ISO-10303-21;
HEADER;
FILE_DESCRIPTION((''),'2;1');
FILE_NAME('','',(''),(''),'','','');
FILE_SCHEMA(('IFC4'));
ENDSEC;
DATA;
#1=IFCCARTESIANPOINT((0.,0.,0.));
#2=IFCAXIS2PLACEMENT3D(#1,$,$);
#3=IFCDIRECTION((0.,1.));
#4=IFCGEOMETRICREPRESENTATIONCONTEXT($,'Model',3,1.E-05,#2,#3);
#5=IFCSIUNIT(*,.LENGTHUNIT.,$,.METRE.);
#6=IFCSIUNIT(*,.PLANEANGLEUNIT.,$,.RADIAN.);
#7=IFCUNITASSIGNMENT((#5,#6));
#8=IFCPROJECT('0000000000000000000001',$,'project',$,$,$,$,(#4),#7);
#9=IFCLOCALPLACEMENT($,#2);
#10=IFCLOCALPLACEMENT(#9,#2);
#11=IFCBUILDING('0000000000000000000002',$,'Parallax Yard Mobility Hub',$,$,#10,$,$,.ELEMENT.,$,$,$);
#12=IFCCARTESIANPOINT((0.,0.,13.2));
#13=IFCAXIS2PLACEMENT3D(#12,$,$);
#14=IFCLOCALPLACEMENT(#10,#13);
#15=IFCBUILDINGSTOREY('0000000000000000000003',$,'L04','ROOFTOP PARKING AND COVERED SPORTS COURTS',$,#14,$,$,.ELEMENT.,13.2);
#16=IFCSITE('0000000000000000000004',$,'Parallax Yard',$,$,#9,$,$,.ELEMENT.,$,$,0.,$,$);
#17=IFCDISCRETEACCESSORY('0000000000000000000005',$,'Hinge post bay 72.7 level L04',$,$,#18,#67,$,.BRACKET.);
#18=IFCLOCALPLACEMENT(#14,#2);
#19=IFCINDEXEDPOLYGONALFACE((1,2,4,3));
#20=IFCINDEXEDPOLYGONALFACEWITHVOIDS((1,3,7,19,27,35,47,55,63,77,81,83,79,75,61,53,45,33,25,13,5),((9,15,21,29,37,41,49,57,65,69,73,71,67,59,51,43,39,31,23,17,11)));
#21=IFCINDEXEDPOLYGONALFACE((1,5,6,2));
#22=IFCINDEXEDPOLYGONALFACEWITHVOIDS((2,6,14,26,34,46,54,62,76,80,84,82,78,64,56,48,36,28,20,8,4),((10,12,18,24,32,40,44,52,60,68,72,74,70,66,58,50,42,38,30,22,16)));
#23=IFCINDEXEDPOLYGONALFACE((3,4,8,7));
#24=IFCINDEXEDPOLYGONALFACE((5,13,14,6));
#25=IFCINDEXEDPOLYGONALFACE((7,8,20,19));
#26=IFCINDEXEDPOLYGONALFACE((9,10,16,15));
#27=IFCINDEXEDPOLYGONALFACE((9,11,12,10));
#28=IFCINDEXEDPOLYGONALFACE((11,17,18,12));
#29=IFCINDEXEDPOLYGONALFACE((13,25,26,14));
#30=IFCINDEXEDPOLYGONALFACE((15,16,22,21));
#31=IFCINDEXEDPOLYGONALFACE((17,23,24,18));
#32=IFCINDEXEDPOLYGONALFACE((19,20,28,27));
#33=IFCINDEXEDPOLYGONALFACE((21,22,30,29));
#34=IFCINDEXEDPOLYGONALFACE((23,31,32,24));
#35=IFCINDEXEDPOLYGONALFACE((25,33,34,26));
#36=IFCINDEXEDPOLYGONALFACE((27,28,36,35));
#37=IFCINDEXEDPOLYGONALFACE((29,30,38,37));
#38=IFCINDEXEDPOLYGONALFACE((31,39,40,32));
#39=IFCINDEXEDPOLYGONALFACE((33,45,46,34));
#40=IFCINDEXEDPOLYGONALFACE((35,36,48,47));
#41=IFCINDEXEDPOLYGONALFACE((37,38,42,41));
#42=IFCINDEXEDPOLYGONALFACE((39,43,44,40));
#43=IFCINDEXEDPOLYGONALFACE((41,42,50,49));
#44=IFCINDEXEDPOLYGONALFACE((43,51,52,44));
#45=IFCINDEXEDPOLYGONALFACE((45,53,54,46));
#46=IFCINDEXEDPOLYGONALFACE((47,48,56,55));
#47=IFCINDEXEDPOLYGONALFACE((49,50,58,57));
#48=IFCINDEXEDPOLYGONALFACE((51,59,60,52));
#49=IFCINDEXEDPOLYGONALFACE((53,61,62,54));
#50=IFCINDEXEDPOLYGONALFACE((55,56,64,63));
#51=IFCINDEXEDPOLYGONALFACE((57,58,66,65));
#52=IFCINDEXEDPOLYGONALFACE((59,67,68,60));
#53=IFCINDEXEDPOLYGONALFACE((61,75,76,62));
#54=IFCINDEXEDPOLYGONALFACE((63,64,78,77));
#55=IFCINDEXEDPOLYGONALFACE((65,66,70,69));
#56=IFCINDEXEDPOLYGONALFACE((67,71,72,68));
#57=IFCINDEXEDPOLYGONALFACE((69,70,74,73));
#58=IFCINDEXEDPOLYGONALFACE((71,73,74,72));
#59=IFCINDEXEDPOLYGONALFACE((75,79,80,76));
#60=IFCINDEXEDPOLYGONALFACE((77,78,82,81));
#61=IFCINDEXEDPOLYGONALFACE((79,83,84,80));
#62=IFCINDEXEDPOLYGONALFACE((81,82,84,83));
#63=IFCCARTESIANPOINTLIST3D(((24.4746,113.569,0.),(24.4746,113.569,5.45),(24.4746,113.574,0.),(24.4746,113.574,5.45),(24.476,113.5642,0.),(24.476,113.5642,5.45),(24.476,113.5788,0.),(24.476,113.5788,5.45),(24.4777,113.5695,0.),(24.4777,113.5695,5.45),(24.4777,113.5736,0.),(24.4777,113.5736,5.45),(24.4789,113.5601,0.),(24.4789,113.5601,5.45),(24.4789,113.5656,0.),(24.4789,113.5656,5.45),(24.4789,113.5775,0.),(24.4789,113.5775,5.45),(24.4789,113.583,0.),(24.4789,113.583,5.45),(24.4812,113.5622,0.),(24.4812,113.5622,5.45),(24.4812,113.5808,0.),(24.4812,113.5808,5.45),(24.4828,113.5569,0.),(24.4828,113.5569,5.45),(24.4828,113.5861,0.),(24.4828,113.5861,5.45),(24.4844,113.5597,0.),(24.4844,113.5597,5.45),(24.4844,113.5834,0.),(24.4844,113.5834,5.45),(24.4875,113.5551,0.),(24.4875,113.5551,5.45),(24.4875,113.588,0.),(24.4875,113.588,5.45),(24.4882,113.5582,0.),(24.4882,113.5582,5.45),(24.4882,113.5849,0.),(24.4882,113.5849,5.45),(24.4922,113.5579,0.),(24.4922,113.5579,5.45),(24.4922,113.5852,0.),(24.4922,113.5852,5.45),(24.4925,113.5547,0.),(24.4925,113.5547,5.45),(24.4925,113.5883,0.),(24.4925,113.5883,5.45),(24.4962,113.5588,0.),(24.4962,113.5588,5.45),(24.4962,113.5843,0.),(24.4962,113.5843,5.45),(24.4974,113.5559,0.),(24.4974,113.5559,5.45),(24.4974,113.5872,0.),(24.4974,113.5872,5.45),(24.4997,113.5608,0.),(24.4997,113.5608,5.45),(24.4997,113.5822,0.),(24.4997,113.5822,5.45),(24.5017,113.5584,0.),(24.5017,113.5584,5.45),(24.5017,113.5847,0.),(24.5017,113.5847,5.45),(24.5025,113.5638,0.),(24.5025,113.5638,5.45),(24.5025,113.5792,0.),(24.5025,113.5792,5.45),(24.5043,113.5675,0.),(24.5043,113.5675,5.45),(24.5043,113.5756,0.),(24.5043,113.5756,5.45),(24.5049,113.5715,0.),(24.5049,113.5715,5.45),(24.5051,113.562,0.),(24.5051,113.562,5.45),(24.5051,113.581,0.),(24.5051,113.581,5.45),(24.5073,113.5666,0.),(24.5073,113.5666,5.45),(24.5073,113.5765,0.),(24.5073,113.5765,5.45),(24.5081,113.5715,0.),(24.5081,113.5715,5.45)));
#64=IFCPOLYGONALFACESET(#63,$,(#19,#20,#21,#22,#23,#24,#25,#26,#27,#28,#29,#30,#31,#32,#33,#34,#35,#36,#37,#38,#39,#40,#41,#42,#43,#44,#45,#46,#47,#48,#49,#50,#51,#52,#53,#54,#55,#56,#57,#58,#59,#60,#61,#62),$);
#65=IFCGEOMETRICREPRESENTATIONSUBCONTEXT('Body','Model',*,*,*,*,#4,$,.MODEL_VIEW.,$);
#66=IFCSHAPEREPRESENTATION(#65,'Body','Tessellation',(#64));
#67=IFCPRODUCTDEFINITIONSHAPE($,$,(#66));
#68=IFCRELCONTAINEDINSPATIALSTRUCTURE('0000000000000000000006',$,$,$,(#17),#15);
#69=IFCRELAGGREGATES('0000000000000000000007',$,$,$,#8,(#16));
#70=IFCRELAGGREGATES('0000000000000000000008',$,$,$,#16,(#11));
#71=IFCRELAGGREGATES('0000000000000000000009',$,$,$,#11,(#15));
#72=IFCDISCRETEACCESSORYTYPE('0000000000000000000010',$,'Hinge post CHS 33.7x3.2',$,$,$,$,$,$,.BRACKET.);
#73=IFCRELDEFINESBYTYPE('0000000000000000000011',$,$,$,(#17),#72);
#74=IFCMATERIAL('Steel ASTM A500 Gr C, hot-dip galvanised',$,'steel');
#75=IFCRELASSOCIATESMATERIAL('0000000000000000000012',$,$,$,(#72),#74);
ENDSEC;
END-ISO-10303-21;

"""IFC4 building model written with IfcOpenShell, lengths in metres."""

from ifc_helpers import new_model, si_unit, direction, frame, origin, origin_2d, place, context, subcontext, project, spatial, hollow_circle, extrude, material, material_profile, profile_set, type_object, element, save


model = new_model("IFC4")

# Units and contexts
model_context = context("Model", 3, precision=1e-05, world=origin(), true_north=direction((0.0, 1.0)))
body_context = subcontext(model_context, "Body", "Model", "MODEL_VIEW")
ifc_project = project(units=[si_unit("LENGTHUNIT", "METRE"), si_unit("PLANEANGLEUNIT", "RADIAN")], contexts=[model_context])

# Site, building, storey
site_placement = place(None, origin())
site = spatial("IfcSite", under=ifc_project, at=site_placement, Name="Parallax Yard", CompositionType="ELEMENT", RefElevation=0.0)
building_placement = place(site_placement, origin())
building = spatial("IfcBuilding", under=site, at=building_placement, Name="Parallax Yard Mobility Hub", CompositionType="ELEMENT")
storey_placement = place(building_placement, frame((0.0, 0.0, 13.2)))
storey = spatial("IfcBuildingStorey", under=building, at=storey_placement, Name="L04", Description="ROOFTOP PARKING AND COVERED SPORTS COURTS", CompositionType="ELEMENT", Elevation=13.2)

# Discrete accessory
ifc_material_1 = material(Name="Steel ASTM A500 Gr C, hot-dip galvanised", Category="steel")
ifc_material_profile_1 = material_profile(ifc_material_1, hollow_circle(Radius=0.0168, WallThickness=0.0032, at=origin_2d()), Name="CHS 33.7x3.2")
ifc_profile_set_1 = profile_set([ifc_material_profile_1], Name="Steel ASTM A500 Gr C, hot-dip galvanised")
discrete_accessory_type_1 = type_object("IfcDiscreteAccessoryType", Name="Hinge post CHS 33.7x3.2", PredefinedType="BRACKET", material=ifc_profile_set_1)
discrete_accessory_1_placement = place(storey_placement, frame((24.4912, 113.5715, 0.0), z_axis=(0.0, 0.0, 1.0), x_axis=(1.0, 0.0, 0.0)))
element("IfcDiscreteAccessory", 1, at=discrete_accessory_1_placement, inside=storey, type_object=discrete_accessory_type_1, Name="Hinge post bay 72.7 level L04", PredefinedType="BRACKET", context=body_context, shape_type="SweptSolid", body=[
    extrude(hollow_circle(Radius=0.0168, WallThickness=0.0032, at=origin_2d()), origin(), (0.0, 0.0, 1.0), 5.45),
])

save(model, "model.ifc")
